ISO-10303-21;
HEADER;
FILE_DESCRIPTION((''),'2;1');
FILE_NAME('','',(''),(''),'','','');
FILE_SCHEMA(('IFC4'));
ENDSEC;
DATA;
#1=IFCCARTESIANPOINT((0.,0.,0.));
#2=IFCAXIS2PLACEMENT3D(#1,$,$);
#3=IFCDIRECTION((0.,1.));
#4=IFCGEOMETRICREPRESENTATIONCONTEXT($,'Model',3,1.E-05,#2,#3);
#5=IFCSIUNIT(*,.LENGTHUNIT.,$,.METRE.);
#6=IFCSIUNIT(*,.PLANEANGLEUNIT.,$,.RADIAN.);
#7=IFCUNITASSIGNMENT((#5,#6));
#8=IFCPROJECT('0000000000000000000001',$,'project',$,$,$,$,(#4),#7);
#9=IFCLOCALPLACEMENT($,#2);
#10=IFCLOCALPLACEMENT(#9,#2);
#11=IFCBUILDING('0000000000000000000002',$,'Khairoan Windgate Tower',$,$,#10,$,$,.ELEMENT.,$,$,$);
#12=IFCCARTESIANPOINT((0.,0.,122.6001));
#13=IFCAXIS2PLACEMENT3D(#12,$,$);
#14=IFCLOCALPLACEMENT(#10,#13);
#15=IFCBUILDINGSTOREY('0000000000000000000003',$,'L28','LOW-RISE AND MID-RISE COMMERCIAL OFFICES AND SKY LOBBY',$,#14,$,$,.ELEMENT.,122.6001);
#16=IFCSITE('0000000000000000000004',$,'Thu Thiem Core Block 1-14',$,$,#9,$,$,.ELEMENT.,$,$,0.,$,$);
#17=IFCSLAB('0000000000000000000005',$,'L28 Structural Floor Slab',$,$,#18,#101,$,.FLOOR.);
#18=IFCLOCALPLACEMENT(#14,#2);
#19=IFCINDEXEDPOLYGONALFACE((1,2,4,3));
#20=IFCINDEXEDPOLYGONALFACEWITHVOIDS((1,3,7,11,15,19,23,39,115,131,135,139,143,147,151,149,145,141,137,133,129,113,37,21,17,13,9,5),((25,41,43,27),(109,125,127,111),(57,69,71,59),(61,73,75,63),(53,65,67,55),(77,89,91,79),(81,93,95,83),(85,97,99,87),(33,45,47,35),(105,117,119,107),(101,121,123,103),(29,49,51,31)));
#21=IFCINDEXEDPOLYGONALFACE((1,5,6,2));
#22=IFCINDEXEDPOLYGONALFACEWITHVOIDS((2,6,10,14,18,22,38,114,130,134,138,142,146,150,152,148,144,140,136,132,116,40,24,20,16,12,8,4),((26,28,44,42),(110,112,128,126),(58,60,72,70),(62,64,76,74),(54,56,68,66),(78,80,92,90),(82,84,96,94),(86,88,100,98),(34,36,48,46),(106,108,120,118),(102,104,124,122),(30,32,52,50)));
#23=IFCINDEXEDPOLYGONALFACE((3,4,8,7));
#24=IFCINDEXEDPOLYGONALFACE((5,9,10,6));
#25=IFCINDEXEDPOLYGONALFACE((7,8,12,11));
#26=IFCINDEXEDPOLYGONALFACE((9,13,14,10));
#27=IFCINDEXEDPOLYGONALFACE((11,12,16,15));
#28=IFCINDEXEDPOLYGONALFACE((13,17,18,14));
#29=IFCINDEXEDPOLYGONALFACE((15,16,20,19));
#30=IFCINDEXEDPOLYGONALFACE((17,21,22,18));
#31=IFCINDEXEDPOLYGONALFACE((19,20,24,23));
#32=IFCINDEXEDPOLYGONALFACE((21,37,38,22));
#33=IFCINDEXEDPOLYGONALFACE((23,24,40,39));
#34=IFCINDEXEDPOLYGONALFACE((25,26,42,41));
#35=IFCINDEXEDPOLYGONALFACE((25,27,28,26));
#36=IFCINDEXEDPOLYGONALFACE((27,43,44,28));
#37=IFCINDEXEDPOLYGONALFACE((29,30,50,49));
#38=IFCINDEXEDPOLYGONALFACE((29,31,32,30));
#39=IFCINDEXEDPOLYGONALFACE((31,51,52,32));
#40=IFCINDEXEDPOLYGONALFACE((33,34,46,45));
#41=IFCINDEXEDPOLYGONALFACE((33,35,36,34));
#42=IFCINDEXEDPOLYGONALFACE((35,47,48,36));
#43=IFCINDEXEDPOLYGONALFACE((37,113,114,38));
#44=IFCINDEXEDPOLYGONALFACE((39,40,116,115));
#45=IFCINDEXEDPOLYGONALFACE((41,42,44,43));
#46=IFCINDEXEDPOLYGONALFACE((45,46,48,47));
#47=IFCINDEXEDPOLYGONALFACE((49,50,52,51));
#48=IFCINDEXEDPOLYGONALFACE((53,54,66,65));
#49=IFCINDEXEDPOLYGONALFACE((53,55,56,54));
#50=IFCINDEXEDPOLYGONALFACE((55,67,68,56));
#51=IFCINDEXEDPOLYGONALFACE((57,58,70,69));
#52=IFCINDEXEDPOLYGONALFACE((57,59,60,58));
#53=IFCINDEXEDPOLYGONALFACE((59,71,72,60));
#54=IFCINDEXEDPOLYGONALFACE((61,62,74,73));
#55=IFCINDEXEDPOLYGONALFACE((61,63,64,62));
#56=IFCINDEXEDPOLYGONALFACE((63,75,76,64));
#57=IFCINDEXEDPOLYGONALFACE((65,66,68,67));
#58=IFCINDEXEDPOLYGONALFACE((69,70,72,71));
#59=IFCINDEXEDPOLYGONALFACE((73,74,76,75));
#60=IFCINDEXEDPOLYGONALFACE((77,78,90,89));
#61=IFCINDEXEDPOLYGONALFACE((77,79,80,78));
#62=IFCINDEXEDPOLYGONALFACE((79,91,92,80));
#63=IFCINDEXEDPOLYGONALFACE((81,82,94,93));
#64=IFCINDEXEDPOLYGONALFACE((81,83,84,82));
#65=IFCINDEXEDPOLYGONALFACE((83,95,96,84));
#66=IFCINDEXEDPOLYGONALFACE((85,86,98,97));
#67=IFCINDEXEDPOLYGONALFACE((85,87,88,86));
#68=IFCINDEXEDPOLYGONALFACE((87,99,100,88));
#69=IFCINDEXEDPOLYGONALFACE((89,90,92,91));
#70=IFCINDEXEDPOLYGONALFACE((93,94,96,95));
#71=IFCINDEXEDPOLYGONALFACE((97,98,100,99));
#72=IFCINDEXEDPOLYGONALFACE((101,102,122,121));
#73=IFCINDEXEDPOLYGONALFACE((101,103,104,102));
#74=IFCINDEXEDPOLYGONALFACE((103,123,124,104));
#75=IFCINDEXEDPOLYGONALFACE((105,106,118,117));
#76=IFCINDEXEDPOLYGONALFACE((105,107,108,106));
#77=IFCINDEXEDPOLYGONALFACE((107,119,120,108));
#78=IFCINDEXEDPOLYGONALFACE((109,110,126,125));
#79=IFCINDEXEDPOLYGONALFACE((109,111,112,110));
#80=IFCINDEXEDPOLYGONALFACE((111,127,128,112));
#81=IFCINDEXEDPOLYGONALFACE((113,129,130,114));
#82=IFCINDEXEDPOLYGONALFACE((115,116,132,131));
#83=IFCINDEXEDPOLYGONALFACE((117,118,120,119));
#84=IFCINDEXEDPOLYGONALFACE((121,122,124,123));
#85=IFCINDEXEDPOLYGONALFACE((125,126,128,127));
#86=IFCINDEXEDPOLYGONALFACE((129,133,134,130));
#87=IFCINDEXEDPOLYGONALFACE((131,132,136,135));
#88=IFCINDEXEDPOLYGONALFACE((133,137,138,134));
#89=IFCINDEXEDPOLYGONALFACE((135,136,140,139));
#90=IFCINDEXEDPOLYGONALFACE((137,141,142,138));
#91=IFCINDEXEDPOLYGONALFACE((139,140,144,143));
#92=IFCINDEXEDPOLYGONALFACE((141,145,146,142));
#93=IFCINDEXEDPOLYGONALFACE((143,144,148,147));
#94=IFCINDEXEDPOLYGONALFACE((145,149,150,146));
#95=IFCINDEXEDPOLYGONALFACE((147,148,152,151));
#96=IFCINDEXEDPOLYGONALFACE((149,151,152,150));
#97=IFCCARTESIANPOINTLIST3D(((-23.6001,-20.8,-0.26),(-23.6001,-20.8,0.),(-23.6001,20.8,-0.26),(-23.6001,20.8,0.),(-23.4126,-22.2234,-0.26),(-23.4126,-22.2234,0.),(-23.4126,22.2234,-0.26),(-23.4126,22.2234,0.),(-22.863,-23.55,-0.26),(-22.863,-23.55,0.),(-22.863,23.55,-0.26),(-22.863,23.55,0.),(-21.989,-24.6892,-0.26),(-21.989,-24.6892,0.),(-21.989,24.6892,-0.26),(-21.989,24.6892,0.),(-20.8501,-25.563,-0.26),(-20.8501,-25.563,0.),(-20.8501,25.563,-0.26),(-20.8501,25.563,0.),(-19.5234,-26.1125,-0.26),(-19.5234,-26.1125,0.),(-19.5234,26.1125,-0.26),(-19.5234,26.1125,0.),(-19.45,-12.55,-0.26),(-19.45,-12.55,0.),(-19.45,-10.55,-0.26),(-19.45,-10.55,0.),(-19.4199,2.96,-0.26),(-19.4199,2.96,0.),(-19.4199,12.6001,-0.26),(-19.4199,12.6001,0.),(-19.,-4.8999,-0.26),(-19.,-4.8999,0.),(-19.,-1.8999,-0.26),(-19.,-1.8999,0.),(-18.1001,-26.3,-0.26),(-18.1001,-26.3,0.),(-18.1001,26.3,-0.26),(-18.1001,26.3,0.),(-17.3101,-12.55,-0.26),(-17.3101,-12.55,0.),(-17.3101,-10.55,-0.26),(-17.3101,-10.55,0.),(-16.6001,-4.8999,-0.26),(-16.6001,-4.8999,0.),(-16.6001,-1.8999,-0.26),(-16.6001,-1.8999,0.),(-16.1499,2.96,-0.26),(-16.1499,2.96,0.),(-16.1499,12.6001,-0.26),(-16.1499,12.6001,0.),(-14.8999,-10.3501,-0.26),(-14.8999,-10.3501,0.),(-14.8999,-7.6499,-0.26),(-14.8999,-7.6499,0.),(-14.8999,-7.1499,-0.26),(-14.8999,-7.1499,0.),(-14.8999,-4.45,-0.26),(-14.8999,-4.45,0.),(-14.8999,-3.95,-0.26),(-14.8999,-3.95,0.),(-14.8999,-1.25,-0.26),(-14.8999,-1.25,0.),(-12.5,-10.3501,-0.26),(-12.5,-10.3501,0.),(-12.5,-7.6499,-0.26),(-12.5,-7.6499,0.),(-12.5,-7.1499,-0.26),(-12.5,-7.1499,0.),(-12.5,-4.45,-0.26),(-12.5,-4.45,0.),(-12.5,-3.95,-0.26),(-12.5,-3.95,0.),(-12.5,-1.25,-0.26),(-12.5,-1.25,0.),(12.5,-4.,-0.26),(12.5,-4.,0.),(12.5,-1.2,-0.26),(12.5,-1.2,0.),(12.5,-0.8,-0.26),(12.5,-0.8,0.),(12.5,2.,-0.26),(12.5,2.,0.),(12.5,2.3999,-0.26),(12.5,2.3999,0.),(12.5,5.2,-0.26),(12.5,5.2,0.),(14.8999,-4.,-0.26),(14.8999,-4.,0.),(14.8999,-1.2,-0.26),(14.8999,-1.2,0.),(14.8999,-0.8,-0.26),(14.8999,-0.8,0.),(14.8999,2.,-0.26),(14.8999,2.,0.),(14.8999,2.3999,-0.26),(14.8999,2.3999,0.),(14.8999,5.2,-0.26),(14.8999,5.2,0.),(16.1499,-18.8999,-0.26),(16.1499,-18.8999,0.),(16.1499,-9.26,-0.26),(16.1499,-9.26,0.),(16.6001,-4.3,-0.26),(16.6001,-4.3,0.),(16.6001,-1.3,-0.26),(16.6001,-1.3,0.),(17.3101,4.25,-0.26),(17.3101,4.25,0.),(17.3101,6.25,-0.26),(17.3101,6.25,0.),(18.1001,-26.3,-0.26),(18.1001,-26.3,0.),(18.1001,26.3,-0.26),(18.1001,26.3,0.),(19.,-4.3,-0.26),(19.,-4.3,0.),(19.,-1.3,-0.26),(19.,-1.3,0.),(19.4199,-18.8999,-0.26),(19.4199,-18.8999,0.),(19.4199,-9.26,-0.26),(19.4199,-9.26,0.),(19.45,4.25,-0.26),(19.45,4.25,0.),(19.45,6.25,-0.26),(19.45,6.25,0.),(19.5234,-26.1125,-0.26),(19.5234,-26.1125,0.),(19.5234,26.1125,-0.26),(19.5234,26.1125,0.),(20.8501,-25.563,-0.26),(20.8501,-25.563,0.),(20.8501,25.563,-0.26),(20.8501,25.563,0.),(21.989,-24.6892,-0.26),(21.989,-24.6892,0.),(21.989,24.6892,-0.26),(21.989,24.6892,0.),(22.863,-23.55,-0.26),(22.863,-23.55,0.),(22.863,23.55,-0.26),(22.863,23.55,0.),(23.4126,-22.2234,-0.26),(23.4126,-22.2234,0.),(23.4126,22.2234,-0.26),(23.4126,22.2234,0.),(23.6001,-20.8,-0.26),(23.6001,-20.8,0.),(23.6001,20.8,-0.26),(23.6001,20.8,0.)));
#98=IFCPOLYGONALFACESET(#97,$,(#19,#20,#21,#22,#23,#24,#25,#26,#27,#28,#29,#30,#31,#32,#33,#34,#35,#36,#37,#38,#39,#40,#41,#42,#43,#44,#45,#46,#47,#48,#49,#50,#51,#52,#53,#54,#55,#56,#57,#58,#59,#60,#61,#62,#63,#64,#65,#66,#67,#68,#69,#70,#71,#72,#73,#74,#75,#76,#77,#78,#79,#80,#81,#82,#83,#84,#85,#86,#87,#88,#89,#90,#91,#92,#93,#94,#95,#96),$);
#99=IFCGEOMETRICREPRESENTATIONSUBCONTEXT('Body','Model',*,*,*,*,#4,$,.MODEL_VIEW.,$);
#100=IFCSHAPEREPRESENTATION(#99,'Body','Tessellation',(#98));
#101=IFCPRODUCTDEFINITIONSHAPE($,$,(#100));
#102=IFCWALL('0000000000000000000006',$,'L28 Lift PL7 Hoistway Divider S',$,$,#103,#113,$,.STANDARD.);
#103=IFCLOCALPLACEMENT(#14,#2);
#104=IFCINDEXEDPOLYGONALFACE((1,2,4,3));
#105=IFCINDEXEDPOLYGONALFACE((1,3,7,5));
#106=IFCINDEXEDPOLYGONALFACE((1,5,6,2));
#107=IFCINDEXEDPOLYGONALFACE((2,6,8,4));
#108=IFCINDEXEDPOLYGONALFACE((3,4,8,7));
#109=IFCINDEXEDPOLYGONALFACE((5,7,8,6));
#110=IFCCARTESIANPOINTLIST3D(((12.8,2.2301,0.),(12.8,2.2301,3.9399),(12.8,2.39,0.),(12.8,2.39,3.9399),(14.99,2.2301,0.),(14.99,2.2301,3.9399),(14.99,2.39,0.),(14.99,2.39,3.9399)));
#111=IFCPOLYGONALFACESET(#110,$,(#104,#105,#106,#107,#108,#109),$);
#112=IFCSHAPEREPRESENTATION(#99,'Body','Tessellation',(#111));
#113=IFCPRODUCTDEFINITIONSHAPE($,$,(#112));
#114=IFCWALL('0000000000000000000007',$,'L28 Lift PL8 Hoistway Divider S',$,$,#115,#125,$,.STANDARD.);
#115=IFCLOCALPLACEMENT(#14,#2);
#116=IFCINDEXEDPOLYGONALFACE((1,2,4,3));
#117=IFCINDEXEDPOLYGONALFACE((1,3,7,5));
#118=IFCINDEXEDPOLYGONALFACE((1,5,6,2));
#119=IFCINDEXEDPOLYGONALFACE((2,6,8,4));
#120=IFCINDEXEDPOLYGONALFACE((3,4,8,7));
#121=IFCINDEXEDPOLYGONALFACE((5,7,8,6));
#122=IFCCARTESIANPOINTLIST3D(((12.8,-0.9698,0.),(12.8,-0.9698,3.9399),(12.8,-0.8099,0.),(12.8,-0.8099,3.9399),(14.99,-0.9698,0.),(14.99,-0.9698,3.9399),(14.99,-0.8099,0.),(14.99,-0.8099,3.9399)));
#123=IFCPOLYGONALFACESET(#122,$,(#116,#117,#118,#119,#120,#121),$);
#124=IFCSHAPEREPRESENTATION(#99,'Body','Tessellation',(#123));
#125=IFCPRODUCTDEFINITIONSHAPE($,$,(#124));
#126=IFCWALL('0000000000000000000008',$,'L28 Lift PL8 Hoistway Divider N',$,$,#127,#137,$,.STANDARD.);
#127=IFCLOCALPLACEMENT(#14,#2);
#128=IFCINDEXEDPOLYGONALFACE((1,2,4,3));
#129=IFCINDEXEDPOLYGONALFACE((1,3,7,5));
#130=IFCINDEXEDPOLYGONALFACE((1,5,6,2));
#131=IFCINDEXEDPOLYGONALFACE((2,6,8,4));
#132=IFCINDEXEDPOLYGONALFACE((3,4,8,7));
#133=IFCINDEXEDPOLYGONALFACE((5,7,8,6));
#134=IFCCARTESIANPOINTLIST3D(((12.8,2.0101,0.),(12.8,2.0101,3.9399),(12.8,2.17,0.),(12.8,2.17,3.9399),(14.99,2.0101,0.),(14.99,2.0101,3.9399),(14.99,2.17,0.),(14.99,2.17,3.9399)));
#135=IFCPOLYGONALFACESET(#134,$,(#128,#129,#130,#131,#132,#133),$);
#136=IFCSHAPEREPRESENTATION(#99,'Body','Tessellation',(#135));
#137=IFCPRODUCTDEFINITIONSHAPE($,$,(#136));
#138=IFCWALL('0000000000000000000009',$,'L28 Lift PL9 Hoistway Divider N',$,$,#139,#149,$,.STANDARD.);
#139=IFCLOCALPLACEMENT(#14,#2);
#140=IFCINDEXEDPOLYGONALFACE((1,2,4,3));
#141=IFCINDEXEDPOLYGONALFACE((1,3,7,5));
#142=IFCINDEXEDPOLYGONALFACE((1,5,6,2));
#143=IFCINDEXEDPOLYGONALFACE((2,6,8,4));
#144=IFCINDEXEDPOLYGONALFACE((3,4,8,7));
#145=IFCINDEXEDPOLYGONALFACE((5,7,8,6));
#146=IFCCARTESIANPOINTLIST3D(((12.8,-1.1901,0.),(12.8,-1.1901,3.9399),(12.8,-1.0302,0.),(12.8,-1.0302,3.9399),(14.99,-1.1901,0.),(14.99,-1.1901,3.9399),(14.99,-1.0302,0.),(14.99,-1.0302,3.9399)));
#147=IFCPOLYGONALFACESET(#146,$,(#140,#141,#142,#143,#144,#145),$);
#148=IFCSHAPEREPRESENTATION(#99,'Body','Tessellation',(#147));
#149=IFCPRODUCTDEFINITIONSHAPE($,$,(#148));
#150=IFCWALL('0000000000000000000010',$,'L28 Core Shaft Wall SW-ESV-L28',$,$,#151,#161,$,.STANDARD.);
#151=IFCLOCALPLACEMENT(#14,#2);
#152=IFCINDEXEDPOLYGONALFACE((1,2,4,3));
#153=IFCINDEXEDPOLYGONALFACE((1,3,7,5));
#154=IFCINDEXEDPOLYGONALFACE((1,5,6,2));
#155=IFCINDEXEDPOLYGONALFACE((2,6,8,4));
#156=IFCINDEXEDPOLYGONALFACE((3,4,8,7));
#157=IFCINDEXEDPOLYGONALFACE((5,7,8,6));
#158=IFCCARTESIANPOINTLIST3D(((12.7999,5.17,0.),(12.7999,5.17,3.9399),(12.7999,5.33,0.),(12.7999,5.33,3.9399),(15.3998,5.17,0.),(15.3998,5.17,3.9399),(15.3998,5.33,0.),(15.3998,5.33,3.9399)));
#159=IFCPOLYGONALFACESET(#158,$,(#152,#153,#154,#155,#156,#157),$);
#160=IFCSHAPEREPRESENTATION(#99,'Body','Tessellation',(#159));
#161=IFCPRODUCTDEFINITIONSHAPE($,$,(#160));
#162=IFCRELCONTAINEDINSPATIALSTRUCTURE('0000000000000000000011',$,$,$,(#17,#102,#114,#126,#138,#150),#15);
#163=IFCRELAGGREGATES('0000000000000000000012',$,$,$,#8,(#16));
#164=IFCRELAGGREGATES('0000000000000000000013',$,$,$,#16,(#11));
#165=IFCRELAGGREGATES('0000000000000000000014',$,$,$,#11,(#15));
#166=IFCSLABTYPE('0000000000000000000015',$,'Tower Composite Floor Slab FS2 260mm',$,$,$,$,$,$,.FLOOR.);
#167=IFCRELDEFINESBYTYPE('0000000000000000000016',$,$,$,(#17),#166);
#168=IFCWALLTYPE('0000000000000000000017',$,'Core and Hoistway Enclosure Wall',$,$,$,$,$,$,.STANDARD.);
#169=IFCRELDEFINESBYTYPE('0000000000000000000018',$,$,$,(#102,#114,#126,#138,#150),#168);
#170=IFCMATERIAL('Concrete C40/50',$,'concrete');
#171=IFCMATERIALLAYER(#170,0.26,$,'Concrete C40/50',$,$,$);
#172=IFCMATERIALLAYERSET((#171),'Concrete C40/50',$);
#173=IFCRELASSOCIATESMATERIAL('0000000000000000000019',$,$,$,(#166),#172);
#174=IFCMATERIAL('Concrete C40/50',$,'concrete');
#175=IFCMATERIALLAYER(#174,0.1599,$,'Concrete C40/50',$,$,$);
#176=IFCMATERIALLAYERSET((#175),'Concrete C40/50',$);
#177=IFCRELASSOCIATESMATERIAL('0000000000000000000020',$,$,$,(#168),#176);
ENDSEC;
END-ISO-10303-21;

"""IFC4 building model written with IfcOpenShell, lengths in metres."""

from ifc_helpers import new_model, si_unit, direction, frame, frame_2d, origin, place, context, subcontext, project, spatial, polyline, rectangle, outline, extrude, material, layer, layer_set, type_object, element, save


model = new_model("IFC4")

# Units and contexts
model_context = context("Model", 3, precision=1e-05, world=origin(), true_north=direction((0.0, 1.0)))
body_context = subcontext(model_context, "Body", "Model", "MODEL_VIEW")
ifc_project = project(units=[si_unit("LENGTHUNIT", "METRE"), si_unit("PLANEANGLEUNIT", "RADIAN")], contexts=[model_context])

# Site, building, storey
site_placement = place(None, origin())
site = spatial("IfcSite", under=ifc_project, at=site_placement, Name="Thu Thiem Core Block 1-14", CompositionType="ELEMENT", RefElevation=0.0)
building_placement = place(site_placement, origin())
building = spatial("IfcBuilding", under=site, at=building_placement, Name="Khairoan Windgate Tower", CompositionType="ELEMENT")
storey_placement = place(building_placement, frame((0.0, 0.0, 122.6001)))
storey = spatial("IfcBuildingStorey", under=building, at=storey_placement, Name="L28", Description="LOW-RISE AND MID-RISE COMMERCIAL OFFICES AND SKY LOBBY", CompositionType="ELEMENT", Elevation=122.6001)

# Slab
ifc_material_1 = material(Name="Concrete C40/50", Category="concrete")
ifc_layer_1 = layer(ifc_material_1, 0.26, Name="Concrete C40/50")
ifc_layer_set_1 = layer_set([ifc_layer_1], Name="Concrete C40/50")
slab_type_1 = type_object("IfcSlabType", Name="Tower Composite Floor Slab FS2 260mm", PredefinedType="FLOOR", material=ifc_layer_set_1)
slab_1_placement = place(storey_placement, frame((0.0, 0.0, -0.26)))
element("IfcSlab", 1, at=slab_1_placement, inside=storey, type_object=slab_type_1, Name="L28 Structural Floor Slab", PredefinedType="FLOOR", context=body_context, shape_type="SweptSolid", body=[
    extrude(outline(polyline([(18.1001, -26.3), (19.5234, -26.1125), (20.8501, -25.563), (21.989, -24.6892), (22.863, -23.55), (23.4126, -22.2234), (23.6001, -20.8), (23.6001, 20.8), (23.4126, 22.2234), (22.863, 23.55), (21.989, 24.6892), (20.8501, 25.563), (19.5234, 26.1125), (18.1001, 26.3), (-18.1001, 26.3), (-19.5234, 26.1125), (-20.8501, 25.563), (-21.989, 24.6892), (-22.863, 23.55), (-23.4126, 22.2234), (-23.6001, 20.8), (-23.6001, -20.8), (-23.4126, -22.2234), (-22.863, -23.55), (-21.989, -24.6892), (-20.8501, -25.563), (-19.5234, -26.1125), (-18.1001, -26.3), (18.1001, -26.3)]), holes=[polyline([(16.1499, -9.26), (16.1499, -18.8999), (19.4199, -18.8999), (19.4199, -9.26), (16.1499, -9.26)]), polyline([(-16.1499, 2.96), (-16.1499, 12.6001), (-19.4199, 12.6001), (-19.4199, 2.96), (-16.1499, 2.96)]), polyline([(-14.8999, -3.95), (-12.5, -3.95), (-12.5, -1.25), (-14.8999, -1.25), (-14.8999, -3.95)]), polyline([(-14.8999, -7.1499), (-12.5, -7.1499), (-12.5, -4.45), (-14.8999, -4.45), (-14.8999, -7.1499)]), polyline([(-14.8999, -10.3501), (-12.5, -10.3501), (-12.5, -7.6499), (-14.8999, -7.6499), (-14.8999, -10.3501)]), polyline([(12.5, 2.3999), (14.8999, 2.3999), (14.8999, 5.2), (12.5, 5.2), (12.5, 2.3999)]), polyline([(12.5, -0.8), (14.8999, -0.8), (14.8999, 2.0), (12.5, 2.0), (12.5, -0.8)]), polyline([(12.5, -4.0), (14.8999, -4.0), (14.8999, -1.2), (12.5, -1.2), (12.5, -4.0)]), polyline([(16.6001, -4.3), (19.0, -4.3), (19.0, -1.3), (16.6001, -1.3), (16.6001, -4.3)]), polyline([(-19.0, -4.8999), (-16.6001, -4.8999), (-16.6001, -1.8999), (-19.0, -1.8999), (-19.0, -4.8999)]), polyline([(-19.45, -12.55), (-17.3101, -12.55), (-17.3101, -10.55), (-19.45, -10.55), (-19.45, -12.55)]), polyline([(17.3101, 4.25), (19.45, 4.25), (19.45, 6.25), (17.3101, 6.25), (17.3101, 4.25)])]), origin(), (0.0, 0.0, 1.0), 0.26),
])

# Walls
ifc_material_2 = material(Name="Concrete C40/50", Category="concrete")
ifc_layer_2 = layer(ifc_material_2, 0.1599, Name="Concrete C40/50")
ifc_layer_set_2 = layer_set([ifc_layer_2], Name="Concrete C40/50")
wall_type_1 = type_object("IfcWallType", Name="Core and Hoistway Enclosure Wall", PredefinedType="STANDARD", material=ifc_layer_set_2)
for number, where, z_axis, x_axis, name in (
    (2, (12.8, 2.3101, 0.0), (0.0, 0.0, 1.0), (1.0, 0.0, 0.0), "L28 Lift PL7 Hoistway Divider S"),
    (3, (12.8, -0.8899, 0.0), (0.0, 0.0, 1.0), (1.0, 0.0, 0.0), "L28 Lift PL8 Hoistway Divider S"),
    (4, (12.8, 2.0901, 0.0), (0.0, 0.0, 1.0), (1.0, 0.0, 0.0), "L28 Lift PL8 Hoistway Divider N"),
    (5, (12.8, -1.1101, 0.0), (0.0, 0.0, 1.0), (1.0, 0.0, 0.0), "L28 Lift PL9 Hoistway Divider N"),
):
    element("IfcWall", number, at=place(storey_placement, frame(where, z_axis=z_axis, x_axis=x_axis)), inside=storey, type_object=wall_type_1, Name=name, PredefinedType="STANDARD", context=body_context, shape_type="SweptSolid", body=[
        extrude(rectangle(XDim=2.1899, YDim=0.1599, at=frame_2d((1.095, 0.0))), origin(), (0.0, 0.0, 1.0), 3.9399),
    ])
wall_1_placement = place(storey_placement, frame((12.8, 5.25, 0.0), z_axis=(0.0, 0.0, 1.0), x_axis=(1.0, 0.0, 0.0)))
element("IfcWall", 6, at=wall_1_placement, inside=storey, type_object=wall_type_1, Name="L28 Core Shaft Wall SW-ESV-L28", PredefinedType="STANDARD", context=body_context, shape_type="SweptSolid", body=[
    extrude(rectangle(XDim=2.5999, YDim=0.1599, at=frame_2d((1.2998, 0.0))), origin(), (0.0, 0.0, 1.0), 3.9399),
])

save(model, "model.ifc")
